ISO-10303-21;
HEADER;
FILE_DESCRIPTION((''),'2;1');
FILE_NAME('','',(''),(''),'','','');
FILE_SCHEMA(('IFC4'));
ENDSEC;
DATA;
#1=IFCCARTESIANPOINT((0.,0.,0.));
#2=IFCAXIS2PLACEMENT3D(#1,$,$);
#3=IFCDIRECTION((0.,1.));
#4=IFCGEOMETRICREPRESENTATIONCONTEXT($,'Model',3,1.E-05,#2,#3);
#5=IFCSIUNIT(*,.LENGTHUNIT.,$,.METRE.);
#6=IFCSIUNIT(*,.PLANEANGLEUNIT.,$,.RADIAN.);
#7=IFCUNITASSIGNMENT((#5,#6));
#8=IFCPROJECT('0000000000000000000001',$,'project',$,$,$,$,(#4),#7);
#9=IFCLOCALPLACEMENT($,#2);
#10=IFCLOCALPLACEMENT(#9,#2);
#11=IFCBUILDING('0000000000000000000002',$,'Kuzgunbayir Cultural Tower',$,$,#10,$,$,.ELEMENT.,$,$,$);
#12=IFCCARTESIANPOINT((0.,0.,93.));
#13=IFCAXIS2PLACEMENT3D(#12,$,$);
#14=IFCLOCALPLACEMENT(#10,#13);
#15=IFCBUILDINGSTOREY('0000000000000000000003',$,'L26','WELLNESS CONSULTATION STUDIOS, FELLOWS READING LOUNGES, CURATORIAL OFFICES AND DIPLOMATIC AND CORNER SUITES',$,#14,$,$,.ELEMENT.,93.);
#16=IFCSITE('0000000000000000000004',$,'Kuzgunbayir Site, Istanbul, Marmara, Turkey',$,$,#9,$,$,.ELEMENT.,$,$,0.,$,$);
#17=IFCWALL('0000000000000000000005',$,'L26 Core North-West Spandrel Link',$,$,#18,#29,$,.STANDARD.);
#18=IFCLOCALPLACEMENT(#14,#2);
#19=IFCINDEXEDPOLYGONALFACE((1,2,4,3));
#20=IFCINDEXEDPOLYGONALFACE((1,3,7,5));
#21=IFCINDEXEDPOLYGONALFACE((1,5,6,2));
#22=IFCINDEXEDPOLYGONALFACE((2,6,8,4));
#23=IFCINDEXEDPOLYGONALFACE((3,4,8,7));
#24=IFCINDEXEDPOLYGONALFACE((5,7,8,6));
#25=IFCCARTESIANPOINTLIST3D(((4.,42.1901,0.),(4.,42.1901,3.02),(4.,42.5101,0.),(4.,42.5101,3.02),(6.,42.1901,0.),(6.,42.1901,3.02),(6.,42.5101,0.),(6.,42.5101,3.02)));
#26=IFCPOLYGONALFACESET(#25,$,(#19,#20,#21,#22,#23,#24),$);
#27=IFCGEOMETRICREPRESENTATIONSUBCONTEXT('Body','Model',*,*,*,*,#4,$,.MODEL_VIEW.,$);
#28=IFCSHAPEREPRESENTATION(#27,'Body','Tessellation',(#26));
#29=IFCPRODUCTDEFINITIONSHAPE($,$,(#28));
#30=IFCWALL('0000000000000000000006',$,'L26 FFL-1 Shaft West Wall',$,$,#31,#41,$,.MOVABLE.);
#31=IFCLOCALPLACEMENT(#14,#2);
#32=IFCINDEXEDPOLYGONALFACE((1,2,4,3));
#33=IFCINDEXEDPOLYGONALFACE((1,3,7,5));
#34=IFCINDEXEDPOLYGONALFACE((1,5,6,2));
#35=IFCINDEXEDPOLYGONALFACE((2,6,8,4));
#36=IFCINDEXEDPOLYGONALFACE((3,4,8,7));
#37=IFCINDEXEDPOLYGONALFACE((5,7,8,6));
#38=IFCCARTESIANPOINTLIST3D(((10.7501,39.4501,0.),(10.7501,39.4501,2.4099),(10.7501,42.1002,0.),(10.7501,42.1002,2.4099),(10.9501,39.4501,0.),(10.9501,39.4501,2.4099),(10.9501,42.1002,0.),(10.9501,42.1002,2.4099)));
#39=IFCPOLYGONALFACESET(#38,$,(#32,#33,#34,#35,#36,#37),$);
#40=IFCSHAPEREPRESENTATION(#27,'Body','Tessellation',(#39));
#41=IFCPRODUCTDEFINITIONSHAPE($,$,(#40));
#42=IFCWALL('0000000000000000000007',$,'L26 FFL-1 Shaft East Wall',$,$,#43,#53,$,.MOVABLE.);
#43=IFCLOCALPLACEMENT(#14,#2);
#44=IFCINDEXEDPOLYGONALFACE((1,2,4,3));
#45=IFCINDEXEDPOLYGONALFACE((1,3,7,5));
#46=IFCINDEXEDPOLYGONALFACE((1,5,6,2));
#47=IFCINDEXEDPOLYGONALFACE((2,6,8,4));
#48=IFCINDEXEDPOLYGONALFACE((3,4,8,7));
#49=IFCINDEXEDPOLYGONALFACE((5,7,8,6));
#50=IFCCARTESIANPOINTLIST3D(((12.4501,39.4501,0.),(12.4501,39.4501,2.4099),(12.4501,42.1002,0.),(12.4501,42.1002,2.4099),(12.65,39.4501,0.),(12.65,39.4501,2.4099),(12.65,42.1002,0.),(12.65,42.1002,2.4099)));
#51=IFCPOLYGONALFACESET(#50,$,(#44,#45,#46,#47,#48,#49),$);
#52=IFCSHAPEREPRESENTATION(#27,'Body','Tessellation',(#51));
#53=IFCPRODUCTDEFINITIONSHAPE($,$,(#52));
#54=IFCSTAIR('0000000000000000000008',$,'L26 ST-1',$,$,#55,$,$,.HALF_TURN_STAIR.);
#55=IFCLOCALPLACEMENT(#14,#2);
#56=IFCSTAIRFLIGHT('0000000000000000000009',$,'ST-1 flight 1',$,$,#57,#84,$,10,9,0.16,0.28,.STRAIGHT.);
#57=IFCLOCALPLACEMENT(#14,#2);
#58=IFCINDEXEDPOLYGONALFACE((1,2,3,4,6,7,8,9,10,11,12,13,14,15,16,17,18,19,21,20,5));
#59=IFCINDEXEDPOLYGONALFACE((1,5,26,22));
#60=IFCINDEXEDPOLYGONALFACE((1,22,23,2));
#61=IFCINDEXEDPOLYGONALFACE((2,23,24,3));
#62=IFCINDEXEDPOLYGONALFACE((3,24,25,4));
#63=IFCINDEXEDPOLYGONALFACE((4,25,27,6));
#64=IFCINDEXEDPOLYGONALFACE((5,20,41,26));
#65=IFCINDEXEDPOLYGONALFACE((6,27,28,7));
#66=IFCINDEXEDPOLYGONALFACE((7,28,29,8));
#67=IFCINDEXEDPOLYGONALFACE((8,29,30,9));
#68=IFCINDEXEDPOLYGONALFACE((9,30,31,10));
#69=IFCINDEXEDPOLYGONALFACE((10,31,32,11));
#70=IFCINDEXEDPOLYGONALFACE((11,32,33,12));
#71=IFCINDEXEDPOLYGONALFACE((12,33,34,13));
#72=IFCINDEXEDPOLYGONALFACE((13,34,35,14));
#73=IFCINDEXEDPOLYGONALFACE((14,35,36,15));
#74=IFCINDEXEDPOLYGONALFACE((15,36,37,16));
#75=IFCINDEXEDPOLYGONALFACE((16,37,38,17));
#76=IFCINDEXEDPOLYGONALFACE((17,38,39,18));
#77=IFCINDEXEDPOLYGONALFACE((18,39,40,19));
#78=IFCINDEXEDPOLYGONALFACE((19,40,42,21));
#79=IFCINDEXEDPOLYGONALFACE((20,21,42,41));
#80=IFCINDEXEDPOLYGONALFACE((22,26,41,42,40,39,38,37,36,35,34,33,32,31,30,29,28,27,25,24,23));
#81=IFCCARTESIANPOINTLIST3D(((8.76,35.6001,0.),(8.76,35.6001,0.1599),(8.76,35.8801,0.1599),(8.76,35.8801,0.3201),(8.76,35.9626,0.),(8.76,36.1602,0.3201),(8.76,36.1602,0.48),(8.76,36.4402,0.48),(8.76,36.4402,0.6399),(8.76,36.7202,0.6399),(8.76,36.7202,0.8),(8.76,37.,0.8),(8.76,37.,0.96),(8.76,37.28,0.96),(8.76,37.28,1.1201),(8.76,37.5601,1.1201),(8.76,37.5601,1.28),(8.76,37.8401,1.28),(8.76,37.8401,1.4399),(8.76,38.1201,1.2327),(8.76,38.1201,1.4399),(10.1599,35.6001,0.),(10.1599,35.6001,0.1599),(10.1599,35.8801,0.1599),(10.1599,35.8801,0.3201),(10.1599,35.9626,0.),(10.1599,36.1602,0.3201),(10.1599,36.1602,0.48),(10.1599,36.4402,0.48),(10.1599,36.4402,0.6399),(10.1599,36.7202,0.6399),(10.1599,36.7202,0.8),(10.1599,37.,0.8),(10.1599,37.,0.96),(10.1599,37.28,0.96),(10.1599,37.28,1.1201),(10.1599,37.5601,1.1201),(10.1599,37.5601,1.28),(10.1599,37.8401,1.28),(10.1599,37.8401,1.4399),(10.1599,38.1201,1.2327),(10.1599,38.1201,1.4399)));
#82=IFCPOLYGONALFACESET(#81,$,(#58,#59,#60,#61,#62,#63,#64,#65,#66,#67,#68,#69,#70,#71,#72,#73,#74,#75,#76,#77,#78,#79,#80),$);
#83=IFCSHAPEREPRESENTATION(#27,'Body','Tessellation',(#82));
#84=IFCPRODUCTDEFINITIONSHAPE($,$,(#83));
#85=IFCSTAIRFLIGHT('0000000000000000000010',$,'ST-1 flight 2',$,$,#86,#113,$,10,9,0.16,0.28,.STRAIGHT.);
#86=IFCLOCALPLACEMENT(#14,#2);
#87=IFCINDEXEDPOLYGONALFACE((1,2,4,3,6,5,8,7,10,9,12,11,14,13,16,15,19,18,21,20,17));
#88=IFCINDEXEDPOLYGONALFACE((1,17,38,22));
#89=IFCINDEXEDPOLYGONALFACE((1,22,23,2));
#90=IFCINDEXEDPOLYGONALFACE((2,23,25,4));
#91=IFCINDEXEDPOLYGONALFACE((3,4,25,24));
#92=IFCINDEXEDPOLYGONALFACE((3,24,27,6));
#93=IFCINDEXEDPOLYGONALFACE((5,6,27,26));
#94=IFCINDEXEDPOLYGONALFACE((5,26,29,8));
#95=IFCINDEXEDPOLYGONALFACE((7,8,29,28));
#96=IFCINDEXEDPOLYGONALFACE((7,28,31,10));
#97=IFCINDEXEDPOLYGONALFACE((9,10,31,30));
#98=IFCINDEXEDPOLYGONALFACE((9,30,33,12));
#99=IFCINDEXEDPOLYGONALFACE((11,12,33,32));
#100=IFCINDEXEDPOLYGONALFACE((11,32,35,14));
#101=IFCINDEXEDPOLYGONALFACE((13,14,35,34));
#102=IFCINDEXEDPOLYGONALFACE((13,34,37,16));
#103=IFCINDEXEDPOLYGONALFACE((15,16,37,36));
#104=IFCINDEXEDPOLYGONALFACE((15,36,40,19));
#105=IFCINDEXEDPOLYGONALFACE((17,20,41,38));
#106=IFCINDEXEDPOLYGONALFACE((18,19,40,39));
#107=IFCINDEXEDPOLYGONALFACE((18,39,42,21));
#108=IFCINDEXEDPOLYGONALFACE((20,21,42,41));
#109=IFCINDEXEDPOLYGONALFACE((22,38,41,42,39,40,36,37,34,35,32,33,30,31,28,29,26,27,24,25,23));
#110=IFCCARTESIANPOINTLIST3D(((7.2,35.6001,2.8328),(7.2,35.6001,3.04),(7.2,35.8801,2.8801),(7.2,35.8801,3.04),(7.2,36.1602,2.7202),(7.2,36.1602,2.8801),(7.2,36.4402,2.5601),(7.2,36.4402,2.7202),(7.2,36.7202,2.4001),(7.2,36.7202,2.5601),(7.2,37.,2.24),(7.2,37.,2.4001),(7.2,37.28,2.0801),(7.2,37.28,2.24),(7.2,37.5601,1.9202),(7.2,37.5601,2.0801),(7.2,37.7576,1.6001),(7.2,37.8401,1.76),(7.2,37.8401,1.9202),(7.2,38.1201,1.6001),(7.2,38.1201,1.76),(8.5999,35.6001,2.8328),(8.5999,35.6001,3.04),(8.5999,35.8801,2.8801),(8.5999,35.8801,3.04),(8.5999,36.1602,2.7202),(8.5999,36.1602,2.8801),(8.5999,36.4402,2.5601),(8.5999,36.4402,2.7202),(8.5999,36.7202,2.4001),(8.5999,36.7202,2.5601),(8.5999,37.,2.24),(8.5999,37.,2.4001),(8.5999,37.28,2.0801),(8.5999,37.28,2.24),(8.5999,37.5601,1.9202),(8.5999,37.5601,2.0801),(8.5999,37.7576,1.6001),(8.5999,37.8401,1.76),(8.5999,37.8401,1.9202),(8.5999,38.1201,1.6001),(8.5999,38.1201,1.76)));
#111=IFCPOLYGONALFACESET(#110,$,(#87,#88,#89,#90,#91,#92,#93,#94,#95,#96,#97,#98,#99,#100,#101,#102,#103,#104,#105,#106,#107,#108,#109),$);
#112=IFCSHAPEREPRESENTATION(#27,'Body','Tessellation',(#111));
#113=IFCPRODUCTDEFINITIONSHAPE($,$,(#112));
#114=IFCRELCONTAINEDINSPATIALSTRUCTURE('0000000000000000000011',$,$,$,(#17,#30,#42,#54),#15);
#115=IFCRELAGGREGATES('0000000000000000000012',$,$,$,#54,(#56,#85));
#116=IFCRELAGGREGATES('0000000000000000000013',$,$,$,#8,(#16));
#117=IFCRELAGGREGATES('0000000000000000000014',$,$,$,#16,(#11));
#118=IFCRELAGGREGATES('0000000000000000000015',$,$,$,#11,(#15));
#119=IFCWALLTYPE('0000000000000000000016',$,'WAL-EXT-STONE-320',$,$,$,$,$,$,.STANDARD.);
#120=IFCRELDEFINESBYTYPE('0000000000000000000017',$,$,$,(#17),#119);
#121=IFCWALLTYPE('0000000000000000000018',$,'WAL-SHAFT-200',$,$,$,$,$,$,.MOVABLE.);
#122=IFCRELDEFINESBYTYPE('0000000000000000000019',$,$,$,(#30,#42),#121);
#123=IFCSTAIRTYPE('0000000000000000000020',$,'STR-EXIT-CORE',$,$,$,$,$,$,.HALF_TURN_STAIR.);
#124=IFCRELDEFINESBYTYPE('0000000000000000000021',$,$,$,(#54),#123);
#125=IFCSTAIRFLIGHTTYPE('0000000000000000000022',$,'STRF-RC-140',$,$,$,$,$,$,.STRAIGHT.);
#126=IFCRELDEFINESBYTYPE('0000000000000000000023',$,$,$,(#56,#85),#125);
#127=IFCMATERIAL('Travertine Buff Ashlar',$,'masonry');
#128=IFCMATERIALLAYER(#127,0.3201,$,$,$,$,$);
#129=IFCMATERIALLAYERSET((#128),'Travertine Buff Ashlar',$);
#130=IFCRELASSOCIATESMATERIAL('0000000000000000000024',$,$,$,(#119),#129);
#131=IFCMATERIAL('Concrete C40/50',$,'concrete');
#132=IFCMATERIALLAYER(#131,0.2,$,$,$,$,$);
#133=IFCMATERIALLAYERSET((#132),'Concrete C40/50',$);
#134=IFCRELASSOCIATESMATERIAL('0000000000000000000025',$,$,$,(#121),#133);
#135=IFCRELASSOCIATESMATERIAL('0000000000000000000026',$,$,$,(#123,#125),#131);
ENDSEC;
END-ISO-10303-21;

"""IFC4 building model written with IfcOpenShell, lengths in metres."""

from ifc_helpers import new_model, si_unit, direction, frame, frame_2d, origin, place, context, subcontext, project, spatial, polyline, rectangle, outline, extrude, material, layer, layer_set, type_object, element, aggregate, save


model = new_model("IFC4")

# Units and contexts
model_context = context("Model", 3, precision=1e-05, world=origin(), true_north=direction((0.0, 1.0)))
body_context = subcontext(model_context, "Body", "Model", "MODEL_VIEW")
ifc_project = project(units=[si_unit("LENGTHUNIT", "METRE"), si_unit("PLANEANGLEUNIT", "RADIAN")], contexts=[model_context])

# Site, building, storey
site_placement = place(None, origin())
site = spatial("IfcSite", under=ifc_project, at=site_placement, Name="Kuzgunbayir Site, Istanbul, Marmara, Turkey", CompositionType="ELEMENT", RefElevation=0.0)
building_placement = place(site_placement, origin())
building = spatial("IfcBuilding", under=site, at=building_placement, Name="Kuzgunbayir Cultural Tower", CompositionType="ELEMENT")
storey_placement = place(building_placement, frame((0.0, 0.0, 93.0)))
storey = spatial("IfcBuildingStorey", under=building, at=storey_placement, Name="L26", Description="WELLNESS CONSULTATION STUDIOS, FELLOWS READING LOUNGES, CURATORIAL OFFICES AND DIPLOMATIC AND CORNER SUITES", CompositionType="ELEMENT", Elevation=93.0)

# Shared definitions
ifc_material_1 = material(Name="Travertine Buff Ashlar", Category="masonry")
ifc_layer_1 = layer(ifc_material_1, 0.3201)
ifc_layer_set_1 = layer_set([ifc_layer_1], Name="Travertine Buff Ashlar")
wall_type_1 = type_object("IfcWallType", Name="WAL-EXT-STONE-320", PredefinedType="STANDARD", material=ifc_layer_set_1)

# Wall
wall_1_placement = place(storey_placement, frame((6.0, 42.3501, 0.0), z_axis=(0.0, 0.0, 1.0), x_axis=(-1.0, 0.0, 0.0)))
element("IfcWall", 1, at=wall_1_placement, inside=storey, type_object=wall_type_1, Name="L26 Core North-West Spandrel Link", PredefinedType="STANDARD", context=body_context, shape_type="SweptSolid", body=[
    extrude(rectangle(XDim=2.0, YDim=0.3201, at=frame_2d((1.0, 0.0))), origin(), (0.0, 0.0, 1.0), 3.02),
])

# Shared definitions
ifc_material_2 = material(Name="Concrete C40/50", Category="concrete")
ifc_layer_2 = layer(ifc_material_2, 0.2)
ifc_layer_set_2 = layer_set([ifc_layer_2], Name="Concrete C40/50")
wall_type_2 = type_object("IfcWallType", Name="WAL-SHAFT-200", PredefinedType="MOVABLE", material=ifc_layer_set_2)

# Walls
for number, where, z_axis, x_axis, name in (
    (2, (10.8501, 39.45, 0.0), (0.0, 0.0, 1.0), (0.0, 1.0, 0.0), "L26 FFL-1 Shaft West Wall"),
    (3, (12.55, 39.45, 0.0), (0.0, 0.0, 1.0), (0.0, 1.0, 0.0), "L26 FFL-1 Shaft East Wall"),
):
    element("IfcWall", number, at=place(storey_placement, frame(where, z_axis=z_axis, x_axis=x_axis)), inside=storey, type_object=wall_type_2, Name=name, PredefinedType="MOVABLE", context=body_context, shape_type="SweptSolid", body=[
        extrude(rectangle(XDim=2.6501, YDim=0.2, at=frame_2d((1.3252, 0.0))), origin(), (0.0, 0.0, 1.0), 2.4099),
    ])

# Stair, stair flights
stair_type = type_object("IfcStairType", Name="STR-EXIT-CORE", PredefinedType="HALF_TURN_STAIR", material=ifc_material_2)
stair_placement = place(storey_placement, origin())
stair = element("IfcStair", 4, at=stair_placement, inside=storey, type_object=stair_type, Name="L26 ST-1", PredefinedType="HALF_TURN_STAIR")
stair_flight_type = type_object("IfcStairFlightType", Name="STRF-RC-140", PredefinedType="STRAIGHT", material=ifc_material_2)
stair_flight_1_placement = place(storey_placement, frame((9.46, 35.6001, 0.0), z_axis=(0.0, 0.0, 1.0), x_axis=(0.0, 1.0, 0.0)))
stair_flight_1 = element("IfcStairFlight", 5, at=stair_flight_1_placement, type_object=stair_flight_type, Name="ST-1 flight 1", NumberOfRisers=10, NumberOfTreads=9, PredefinedType="STRAIGHT", RiserHeight=0.16, TreadLength=0.28, context=body_context, shape_type="SweptSolid", body=[
    extrude(outline(polyline([(0.0, 0.0), (0.0, 0.1599), (0.28, 0.1599), (0.28, 0.3201), (0.5601, 0.3201), (0.5601, 0.48), (0.8401, 0.48), (0.8401, 0.6399), (1.1201, 0.6399), (1.1201, 0.8), (1.3999, 0.8), (1.3999, 0.96), (1.6799, 0.96), (1.6799, 1.1201), (1.96, 1.1201), (1.96, 1.28), (2.24, 1.28), (2.24, 1.4399), (2.52, 1.4399), (2.52, 1.6001), (2.52, 1.2327), (0.3625, 0.0), (0.0, 0.0)])), frame((0.0, 0.7, 0.0), z_axis=(0.0, -1.0, 0.0), x_axis=(1.0, 0.0, 0.0)), (0.0, 0.0, 1.0), 1.3999),
])
stair_flight_2_placement = place(storey_placement, frame((7.8999, 38.1201, 1.6001), z_axis=(0.0, 0.0, 1.0), x_axis=(0.0, -1.0, 0.0)))
stair_flight_2 = element("IfcStairFlight", 6, at=stair_flight_2_placement, type_object=stair_flight_type, Name="ST-1 flight 2", NumberOfRisers=10, NumberOfTreads=9, PredefinedType="STRAIGHT", RiserHeight=0.16, TreadLength=0.28, context=body_context, shape_type="SweptSolid", body=[
    extrude(outline(polyline([(0.0, 0.0), (0.0, 0.1599), (0.28, 0.1599), (0.28, 0.3201), (0.5601, 0.3201), (0.5601, 0.48), (0.8401, 0.48), (0.8401, 0.6399), (1.1201, 0.6399), (1.1201, 0.8), (1.3999, 0.8), (1.3999, 0.96), (1.6799, 0.96), (1.6799, 1.1201), (1.96, 1.1201), (1.96, 1.28), (2.24, 1.28), (2.24, 1.4399), (2.52, 1.4399), (2.52, 1.6001), (2.52, 1.2327), (0.3625, 0.0), (0.0, 0.0)])), frame((0.0, 0.7, 0.0), z_axis=(0.0, -1.0, 0.0), x_axis=(1.0, 0.0, 0.0)), (0.0, 0.0, 1.0), 1.3999),
])
aggregate(stair, [stair_flight_1, stair_flight_2])

save(model, "model.ifc")
